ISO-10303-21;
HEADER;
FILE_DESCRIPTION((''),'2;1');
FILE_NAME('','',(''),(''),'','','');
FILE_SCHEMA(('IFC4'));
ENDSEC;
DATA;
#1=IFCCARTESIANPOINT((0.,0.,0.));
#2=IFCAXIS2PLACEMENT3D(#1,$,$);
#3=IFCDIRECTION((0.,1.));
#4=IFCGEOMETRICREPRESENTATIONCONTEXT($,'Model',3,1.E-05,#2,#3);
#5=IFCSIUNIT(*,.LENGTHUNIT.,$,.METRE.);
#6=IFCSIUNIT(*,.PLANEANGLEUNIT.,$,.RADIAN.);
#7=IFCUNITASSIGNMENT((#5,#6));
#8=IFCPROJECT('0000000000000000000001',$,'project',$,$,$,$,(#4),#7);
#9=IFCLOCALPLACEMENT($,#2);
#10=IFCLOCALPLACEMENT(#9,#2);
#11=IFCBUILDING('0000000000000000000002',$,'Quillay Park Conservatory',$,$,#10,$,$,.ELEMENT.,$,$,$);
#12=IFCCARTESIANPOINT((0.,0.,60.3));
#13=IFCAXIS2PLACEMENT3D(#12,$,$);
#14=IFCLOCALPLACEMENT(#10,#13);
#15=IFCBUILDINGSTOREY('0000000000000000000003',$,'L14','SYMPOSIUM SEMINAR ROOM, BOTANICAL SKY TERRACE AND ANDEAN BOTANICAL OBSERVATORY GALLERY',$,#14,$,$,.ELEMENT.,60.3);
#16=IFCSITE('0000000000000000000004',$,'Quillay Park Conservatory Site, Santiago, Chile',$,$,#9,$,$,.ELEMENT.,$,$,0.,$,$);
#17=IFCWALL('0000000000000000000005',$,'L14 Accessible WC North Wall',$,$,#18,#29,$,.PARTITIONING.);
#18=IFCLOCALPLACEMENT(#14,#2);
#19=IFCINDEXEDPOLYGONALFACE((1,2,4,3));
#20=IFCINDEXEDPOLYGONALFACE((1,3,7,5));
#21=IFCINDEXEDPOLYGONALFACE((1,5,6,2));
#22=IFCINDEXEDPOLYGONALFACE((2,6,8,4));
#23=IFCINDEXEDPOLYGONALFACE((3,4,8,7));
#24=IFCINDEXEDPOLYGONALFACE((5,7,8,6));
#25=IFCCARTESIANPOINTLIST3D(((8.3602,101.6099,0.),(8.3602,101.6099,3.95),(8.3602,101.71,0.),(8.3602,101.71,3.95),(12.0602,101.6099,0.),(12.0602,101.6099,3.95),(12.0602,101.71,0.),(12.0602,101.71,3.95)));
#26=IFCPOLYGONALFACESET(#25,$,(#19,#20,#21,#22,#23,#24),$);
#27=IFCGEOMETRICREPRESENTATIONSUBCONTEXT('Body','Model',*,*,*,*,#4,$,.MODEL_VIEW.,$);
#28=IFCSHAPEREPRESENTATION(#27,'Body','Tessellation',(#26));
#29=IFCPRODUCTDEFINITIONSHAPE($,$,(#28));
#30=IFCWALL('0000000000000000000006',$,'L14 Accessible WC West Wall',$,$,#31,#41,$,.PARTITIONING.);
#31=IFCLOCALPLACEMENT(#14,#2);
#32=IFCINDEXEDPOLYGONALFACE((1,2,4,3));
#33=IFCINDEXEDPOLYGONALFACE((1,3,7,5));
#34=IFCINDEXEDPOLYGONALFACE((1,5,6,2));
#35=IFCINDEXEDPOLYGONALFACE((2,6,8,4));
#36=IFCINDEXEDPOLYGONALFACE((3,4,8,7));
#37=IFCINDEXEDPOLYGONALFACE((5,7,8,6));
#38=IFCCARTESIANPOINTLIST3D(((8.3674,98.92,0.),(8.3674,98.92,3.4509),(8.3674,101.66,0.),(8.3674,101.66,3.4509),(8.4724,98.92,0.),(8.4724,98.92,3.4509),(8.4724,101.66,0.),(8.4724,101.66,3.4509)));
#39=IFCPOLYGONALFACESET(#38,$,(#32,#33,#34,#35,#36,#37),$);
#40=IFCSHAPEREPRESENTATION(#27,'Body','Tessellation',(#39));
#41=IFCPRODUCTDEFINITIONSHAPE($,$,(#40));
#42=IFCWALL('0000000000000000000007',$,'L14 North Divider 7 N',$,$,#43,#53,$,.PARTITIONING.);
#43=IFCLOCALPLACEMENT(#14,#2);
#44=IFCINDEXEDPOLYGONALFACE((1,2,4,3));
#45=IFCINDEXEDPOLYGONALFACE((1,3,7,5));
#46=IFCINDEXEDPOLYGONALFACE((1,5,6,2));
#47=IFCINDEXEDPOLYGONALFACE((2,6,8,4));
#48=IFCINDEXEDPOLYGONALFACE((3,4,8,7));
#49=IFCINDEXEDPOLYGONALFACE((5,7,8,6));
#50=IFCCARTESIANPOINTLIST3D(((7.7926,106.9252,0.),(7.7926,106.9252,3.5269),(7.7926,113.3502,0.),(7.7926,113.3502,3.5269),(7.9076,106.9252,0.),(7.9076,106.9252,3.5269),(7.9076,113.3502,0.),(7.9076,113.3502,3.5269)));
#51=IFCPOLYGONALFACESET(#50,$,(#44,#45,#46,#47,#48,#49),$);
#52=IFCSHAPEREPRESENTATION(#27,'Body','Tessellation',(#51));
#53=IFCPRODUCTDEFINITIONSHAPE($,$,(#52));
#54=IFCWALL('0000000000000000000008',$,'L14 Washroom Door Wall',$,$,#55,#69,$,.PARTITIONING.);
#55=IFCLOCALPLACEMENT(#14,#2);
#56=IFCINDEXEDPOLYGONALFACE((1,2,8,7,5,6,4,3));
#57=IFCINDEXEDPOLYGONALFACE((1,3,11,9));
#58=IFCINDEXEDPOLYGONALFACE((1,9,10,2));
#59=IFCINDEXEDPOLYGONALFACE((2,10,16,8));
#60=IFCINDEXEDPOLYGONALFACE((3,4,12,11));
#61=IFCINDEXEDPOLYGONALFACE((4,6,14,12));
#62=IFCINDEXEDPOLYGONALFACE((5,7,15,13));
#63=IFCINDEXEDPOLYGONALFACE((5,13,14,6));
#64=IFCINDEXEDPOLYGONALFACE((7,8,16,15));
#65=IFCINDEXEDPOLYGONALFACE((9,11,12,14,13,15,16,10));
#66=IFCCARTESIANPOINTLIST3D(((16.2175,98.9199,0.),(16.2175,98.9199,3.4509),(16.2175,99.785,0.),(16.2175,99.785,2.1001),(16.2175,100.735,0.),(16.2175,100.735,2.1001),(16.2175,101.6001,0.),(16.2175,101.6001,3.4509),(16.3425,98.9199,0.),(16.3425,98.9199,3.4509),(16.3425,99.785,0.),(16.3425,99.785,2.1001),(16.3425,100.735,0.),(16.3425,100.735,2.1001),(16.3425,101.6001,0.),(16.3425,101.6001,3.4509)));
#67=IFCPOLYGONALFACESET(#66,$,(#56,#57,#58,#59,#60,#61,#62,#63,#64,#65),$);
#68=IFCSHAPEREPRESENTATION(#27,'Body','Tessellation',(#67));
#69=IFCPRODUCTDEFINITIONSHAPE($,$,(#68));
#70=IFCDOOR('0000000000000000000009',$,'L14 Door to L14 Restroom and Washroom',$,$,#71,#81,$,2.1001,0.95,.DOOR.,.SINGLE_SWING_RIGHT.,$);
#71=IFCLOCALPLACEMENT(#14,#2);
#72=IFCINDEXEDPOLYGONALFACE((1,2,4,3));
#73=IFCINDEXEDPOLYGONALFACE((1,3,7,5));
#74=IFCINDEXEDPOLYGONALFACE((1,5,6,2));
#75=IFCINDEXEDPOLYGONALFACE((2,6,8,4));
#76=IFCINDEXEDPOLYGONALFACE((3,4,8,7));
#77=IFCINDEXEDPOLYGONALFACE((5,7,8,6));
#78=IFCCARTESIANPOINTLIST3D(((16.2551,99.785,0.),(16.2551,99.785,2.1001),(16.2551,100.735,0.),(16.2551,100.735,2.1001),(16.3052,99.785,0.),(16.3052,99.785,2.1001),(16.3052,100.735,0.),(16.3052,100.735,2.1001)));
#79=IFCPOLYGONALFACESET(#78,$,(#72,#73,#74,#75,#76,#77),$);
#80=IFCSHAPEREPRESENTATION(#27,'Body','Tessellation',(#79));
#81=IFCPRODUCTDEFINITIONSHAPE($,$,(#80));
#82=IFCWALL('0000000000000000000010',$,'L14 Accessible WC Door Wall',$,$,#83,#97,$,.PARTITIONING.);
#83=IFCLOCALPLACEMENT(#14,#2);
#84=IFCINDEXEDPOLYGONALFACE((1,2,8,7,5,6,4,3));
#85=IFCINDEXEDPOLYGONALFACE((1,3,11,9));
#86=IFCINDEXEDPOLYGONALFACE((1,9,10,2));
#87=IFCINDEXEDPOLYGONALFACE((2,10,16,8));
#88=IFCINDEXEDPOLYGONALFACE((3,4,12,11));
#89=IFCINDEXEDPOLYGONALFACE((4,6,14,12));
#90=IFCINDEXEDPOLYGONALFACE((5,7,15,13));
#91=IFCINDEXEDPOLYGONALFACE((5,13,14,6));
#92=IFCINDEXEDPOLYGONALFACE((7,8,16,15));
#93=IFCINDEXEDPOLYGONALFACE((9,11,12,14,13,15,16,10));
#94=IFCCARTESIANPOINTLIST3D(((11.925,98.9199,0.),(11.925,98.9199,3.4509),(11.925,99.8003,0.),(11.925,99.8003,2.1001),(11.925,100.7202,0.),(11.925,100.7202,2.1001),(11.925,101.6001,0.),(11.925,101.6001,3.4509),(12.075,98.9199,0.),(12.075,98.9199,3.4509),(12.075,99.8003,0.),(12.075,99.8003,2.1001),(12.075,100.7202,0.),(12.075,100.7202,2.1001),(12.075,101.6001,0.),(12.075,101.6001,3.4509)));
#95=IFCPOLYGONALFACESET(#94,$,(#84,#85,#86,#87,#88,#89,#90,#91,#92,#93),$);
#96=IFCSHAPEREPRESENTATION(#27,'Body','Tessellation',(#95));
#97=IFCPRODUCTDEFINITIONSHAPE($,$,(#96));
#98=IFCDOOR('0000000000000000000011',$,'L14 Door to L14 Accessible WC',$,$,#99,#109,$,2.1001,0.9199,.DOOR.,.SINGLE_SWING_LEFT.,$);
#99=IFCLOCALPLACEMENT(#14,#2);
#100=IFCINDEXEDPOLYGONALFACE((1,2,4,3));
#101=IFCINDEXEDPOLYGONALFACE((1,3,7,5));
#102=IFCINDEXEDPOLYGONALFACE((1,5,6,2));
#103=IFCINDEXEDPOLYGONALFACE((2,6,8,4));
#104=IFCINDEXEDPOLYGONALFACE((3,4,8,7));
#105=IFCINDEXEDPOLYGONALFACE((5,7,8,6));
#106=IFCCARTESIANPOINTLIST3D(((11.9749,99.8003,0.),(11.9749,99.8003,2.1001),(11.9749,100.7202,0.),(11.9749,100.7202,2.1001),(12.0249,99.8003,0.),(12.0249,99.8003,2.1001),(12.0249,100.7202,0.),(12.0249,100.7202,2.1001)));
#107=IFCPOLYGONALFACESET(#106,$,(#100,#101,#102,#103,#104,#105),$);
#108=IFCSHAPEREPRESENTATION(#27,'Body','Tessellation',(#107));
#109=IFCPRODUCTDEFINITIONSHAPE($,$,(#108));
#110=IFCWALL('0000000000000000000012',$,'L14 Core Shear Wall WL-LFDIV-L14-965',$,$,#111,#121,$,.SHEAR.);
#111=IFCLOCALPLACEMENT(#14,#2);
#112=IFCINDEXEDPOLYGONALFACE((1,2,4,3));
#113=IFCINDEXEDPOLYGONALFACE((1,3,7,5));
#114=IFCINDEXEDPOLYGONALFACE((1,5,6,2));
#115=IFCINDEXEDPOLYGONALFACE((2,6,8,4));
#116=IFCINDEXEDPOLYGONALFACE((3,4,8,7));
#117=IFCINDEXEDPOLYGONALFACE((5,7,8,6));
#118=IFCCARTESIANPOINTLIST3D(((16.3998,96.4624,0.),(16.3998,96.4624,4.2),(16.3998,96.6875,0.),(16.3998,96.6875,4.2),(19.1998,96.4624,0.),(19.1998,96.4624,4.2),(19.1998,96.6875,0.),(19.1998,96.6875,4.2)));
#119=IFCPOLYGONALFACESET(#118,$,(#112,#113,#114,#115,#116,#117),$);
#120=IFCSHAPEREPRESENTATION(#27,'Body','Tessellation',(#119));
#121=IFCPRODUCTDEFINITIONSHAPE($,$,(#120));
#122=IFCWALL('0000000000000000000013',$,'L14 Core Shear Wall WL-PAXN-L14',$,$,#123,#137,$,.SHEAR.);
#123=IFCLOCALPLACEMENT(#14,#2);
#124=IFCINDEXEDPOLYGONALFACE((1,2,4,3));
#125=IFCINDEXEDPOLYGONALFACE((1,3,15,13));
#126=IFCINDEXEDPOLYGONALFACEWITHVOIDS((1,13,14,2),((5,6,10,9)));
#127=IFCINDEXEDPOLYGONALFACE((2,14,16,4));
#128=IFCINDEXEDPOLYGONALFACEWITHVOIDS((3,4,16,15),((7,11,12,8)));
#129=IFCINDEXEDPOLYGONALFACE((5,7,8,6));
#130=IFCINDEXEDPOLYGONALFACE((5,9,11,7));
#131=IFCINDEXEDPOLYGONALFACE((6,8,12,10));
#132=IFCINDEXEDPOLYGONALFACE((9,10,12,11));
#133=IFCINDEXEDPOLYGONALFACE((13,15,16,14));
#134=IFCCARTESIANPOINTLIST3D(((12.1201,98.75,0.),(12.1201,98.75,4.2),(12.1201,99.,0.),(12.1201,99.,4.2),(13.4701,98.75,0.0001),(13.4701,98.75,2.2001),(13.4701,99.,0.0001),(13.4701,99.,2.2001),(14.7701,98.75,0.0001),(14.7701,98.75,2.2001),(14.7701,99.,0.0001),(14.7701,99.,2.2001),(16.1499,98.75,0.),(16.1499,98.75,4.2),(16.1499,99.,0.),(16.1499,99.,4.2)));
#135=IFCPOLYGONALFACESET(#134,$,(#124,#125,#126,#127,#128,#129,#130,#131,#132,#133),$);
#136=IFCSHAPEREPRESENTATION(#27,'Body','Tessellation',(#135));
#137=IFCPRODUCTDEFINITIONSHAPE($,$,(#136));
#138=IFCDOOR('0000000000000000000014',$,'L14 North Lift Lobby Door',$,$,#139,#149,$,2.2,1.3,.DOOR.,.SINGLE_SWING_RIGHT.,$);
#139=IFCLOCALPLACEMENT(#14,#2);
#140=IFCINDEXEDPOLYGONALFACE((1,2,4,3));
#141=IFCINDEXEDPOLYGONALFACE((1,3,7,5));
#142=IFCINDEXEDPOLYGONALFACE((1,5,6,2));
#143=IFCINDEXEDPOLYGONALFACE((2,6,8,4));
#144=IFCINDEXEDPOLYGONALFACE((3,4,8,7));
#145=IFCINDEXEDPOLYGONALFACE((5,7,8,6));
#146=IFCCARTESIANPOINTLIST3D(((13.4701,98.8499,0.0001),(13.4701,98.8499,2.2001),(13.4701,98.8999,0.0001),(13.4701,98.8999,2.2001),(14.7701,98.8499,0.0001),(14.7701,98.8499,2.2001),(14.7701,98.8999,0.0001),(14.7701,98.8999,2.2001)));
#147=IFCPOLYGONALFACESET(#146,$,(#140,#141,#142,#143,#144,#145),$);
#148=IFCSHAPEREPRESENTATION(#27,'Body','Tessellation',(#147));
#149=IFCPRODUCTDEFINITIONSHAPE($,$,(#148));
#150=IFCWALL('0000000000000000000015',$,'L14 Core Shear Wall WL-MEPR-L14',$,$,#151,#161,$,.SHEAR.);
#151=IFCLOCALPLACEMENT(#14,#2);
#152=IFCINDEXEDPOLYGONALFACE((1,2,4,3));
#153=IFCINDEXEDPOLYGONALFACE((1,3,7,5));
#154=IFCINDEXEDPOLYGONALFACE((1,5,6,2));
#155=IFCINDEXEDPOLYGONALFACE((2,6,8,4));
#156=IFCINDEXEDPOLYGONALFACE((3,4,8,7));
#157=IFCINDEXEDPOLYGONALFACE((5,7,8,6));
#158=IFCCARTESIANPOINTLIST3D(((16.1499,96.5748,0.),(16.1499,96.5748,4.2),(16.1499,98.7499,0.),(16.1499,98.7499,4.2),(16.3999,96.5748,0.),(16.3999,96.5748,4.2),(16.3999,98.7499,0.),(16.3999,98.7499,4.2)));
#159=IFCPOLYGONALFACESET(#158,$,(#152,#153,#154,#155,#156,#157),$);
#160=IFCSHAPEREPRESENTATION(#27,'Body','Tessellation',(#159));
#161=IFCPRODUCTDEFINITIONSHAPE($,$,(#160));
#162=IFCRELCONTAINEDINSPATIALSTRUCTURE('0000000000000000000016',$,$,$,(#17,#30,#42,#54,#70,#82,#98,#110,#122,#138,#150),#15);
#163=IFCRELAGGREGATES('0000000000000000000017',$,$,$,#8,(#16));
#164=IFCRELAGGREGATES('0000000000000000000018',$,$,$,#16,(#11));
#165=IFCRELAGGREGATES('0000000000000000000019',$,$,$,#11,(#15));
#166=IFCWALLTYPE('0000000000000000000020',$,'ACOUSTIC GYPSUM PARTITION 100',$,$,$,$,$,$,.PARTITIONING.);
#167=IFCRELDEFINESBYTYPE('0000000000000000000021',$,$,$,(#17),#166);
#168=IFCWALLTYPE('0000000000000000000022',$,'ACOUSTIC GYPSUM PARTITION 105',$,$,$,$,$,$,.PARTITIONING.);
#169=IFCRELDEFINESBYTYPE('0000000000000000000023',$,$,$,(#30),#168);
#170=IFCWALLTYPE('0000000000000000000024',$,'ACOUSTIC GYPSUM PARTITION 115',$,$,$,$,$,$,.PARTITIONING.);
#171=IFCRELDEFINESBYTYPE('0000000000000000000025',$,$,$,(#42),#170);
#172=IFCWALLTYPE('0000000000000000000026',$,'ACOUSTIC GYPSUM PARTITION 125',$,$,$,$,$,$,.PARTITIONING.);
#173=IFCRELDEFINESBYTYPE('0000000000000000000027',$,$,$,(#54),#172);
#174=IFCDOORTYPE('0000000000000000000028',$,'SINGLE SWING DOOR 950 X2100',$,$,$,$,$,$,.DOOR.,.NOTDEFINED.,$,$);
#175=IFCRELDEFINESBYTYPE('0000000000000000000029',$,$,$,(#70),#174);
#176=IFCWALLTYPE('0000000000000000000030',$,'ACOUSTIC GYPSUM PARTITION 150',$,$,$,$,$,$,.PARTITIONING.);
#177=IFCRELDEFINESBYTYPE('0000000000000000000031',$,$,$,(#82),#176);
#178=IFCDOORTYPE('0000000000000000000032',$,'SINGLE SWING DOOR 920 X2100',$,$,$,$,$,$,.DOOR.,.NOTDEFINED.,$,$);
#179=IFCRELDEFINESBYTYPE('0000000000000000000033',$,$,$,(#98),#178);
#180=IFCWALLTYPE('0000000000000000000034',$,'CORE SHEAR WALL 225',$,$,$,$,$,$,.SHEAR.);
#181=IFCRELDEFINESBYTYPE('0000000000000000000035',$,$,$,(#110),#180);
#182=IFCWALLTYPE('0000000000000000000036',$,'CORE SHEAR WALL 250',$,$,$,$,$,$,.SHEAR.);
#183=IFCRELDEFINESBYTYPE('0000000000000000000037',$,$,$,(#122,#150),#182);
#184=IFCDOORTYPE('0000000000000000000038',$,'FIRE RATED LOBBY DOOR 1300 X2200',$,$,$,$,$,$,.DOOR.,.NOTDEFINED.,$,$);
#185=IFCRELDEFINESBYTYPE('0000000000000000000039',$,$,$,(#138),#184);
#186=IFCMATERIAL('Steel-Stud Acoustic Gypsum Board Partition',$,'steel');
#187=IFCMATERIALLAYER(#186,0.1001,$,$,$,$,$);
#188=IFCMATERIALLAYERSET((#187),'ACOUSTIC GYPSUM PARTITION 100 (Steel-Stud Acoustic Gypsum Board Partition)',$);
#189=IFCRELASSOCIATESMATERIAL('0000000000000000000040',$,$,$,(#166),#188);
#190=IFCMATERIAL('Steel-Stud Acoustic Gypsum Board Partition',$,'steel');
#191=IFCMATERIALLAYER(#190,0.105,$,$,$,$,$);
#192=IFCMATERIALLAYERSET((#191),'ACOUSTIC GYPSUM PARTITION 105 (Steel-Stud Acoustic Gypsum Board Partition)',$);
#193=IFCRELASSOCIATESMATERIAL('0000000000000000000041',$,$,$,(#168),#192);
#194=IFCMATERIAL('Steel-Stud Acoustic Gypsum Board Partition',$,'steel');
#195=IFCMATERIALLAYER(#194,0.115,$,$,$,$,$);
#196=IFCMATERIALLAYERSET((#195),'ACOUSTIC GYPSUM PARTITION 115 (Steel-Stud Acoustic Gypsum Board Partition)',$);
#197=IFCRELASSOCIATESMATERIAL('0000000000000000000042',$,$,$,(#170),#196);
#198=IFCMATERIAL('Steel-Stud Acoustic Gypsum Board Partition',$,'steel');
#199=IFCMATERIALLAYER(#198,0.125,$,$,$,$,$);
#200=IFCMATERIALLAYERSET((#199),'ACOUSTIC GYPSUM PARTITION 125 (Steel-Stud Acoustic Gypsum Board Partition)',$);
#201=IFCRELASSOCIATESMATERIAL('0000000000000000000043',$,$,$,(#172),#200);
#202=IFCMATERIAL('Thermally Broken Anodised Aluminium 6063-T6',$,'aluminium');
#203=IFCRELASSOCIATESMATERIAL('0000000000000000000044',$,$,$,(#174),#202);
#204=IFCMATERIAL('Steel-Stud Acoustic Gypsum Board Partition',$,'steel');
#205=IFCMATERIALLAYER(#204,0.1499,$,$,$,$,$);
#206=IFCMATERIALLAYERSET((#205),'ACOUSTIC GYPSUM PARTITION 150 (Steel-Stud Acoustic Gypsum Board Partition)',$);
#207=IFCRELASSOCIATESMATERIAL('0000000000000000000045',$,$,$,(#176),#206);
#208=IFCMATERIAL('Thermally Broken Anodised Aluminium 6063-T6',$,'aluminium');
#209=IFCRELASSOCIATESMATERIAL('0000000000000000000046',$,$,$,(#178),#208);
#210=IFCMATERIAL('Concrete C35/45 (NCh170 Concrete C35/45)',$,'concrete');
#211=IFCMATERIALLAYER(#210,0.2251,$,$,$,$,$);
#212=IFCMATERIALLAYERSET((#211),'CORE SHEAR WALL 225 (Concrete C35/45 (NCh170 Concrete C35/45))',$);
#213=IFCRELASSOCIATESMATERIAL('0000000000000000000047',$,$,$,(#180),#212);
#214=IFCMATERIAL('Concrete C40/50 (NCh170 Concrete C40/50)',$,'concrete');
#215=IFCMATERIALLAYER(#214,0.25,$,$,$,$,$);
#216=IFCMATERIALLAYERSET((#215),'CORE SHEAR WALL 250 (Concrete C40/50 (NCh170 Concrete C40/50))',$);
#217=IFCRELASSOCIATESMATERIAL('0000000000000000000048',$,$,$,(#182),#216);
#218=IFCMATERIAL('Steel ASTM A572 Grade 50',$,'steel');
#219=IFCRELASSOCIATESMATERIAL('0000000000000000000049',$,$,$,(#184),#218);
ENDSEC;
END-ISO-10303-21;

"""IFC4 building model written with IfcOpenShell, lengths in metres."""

from ifc_helpers import new_model, si_unit, direction, frame, frame_2d, origin, place, context, subcontext, project, spatial, rectangle, extrude, material, layer, layer_set, type_object, element, fill, save


model = new_model("IFC4")

# Units and contexts
model_context = context("Model", 3, precision=1e-05, world=origin(), true_north=direction((0.0, 1.0)))
body_context = subcontext(model_context, "Body", "Model", "MODEL_VIEW")
ifc_project = project(units=[si_unit("LENGTHUNIT", "METRE"), si_unit("PLANEANGLEUNIT", "RADIAN")], contexts=[model_context])

# Site, building, storey
site_placement = place(None, origin())
site = spatial("IfcSite", under=ifc_project, at=site_placement, Name="Quillay Park Conservatory Site, Santiago, Chile", CompositionType="ELEMENT", RefElevation=0.0)
building_placement = place(site_placement, origin())
building = spatial("IfcBuilding", under=site, at=building_placement, Name="Quillay Park Conservatory", CompositionType="ELEMENT")
storey_placement = place(building_placement, frame((0.0, 0.0, 60.3)))
storey = spatial("IfcBuildingStorey", under=building, at=storey_placement, Name="L14", Description="SYMPOSIUM SEMINAR ROOM, BOTANICAL SKY TERRACE AND ANDEAN BOTANICAL OBSERVATORY GALLERY", CompositionType="ELEMENT", Elevation=60.3)

# Walls
ifc_material_1 = material(Name="Steel-Stud Acoustic Gypsum Board Partition", Category="steel")
ifc_layer_1 = layer(ifc_material_1, 0.1001)
ifc_layer_set_1 = layer_set([ifc_layer_1], Name="ACOUSTIC GYPSUM PARTITION 100 (Steel-Stud Acoustic Gypsum Board Partition)")
wall_type_1 = type_object("IfcWallType", Name="ACOUSTIC GYPSUM PARTITION 100", PredefinedType="PARTITIONING", material=ifc_layer_set_1)
wall_1_placement = place(storey_placement, frame((8.3601, 101.6599, 0.0), z_axis=(0.0, 0.0, 1.0), x_axis=(1.0, 0.0, 0.0)))
element("IfcWall", 1, at=wall_1_placement, inside=storey, type_object=wall_type_1, Name="L14 Accessible WC North Wall", PredefinedType="PARTITIONING", context=body_context, shape_type="SweptSolid", body=[
    extrude(rectangle(XDim=3.7, YDim=0.1001, at=frame_2d((1.8501, 0.0))), origin(), (0.0, 0.0, 1.0), 3.95),
])
ifc_material_2 = material(Name="Steel-Stud Acoustic Gypsum Board Partition", Category="steel")
ifc_layer_2 = layer(ifc_material_2, 0.105)
ifc_layer_set_2 = layer_set([ifc_layer_2], Name="ACOUSTIC GYPSUM PARTITION 105 (Steel-Stud Acoustic Gypsum Board Partition)")
wall_type_2 = type_object("IfcWallType", Name="ACOUSTIC GYPSUM PARTITION 105", PredefinedType="PARTITIONING", material=ifc_layer_set_2)
wall_2_placement = place(storey_placement, frame((8.4199, 98.9199, 0.0), z_axis=(0.0, 0.0, 1.0), x_axis=(0.0, 1.0, 0.0)))
element("IfcWall", 2, at=wall_2_placement, inside=storey, type_object=wall_type_2, Name="L14 Accessible WC West Wall", PredefinedType="PARTITIONING", context=body_context, shape_type="SweptSolid", body=[
    extrude(rectangle(XDim=2.74, YDim=0.105, at=frame_2d((1.3701, 0.0))), origin(), (0.0, 0.0, 1.0), 3.4509),
])
ifc_material_3 = material(Name="Steel-Stud Acoustic Gypsum Board Partition", Category="steel")
ifc_layer_3 = layer(ifc_material_3, 0.115)
ifc_layer_set_3 = layer_set([ifc_layer_3], Name="ACOUSTIC GYPSUM PARTITION 115 (Steel-Stud Acoustic Gypsum Board Partition)")
wall_type_3 = type_object("IfcWallType", Name="ACOUSTIC GYPSUM PARTITION 115", PredefinedType="PARTITIONING", material=ifc_layer_set_3)
wall_3_placement = place(storey_placement, frame((7.8501, 113.3501, 0.0), z_axis=(0.0, 0.0, 1.0), x_axis=(0.0, -1.0, 0.0)))
element("IfcWall", 3, at=wall_3_placement, inside=storey, type_object=wall_type_3, Name="L14 North Divider 7 N", PredefinedType="PARTITIONING", context=body_context, shape_type="SweptSolid", body=[
    extrude(rectangle(XDim=6.425, YDim=0.115, at=frame_2d((3.2124, 0.0))), origin(), (0.0, 0.0, 1.0), 3.5269),
])

# Walls, openings, doors
ifc_material_4 = material(Name="Steel-Stud Acoustic Gypsum Board Partition", Category="steel")
ifc_layer_4 = layer(ifc_material_4, 0.125)
ifc_layer_set_4 = layer_set([ifc_layer_4], Name="ACOUSTIC GYPSUM PARTITION 125 (Steel-Stud Acoustic Gypsum Board Partition)")
wall_type_4 = type_object("IfcWallType", Name="ACOUSTIC GYPSUM PARTITION 125", PredefinedType="PARTITIONING", material=ifc_layer_set_4)
wall_4_placement = place(storey_placement, frame((16.28, 98.9199, 0.0), z_axis=(0.0, 0.0, 1.0), x_axis=(0.0, 1.0, 0.0)))
wall_4 = element("IfcWall", 4, at=wall_4_placement, inside=storey, type_object=wall_type_4, Name="L14 Washroom Door Wall", PredefinedType="PARTITIONING", context=body_context, shape_type="SweptSolid", body=[
    extrude(rectangle(XDim=2.6802, YDim=0.125, at=frame_2d((1.3401, 0.0))), origin(), (0.0, 0.0, 1.0), 3.4509),
])
opening_1_placement = place(wall_4_placement, frame((0.865, 0.0, 0.0)))
opening_1 = element("IfcOpeningElement", 5, at=opening_1_placement, cuts=wall_4, PredefinedType="OPENING", context=body_context, shape_type="SweptSolid", body=[
    extrude(rectangle(XDim=0.95, YDim=2.1001, at=frame_2d((0.4751, 1.05))), frame((0.0, 0.0625, 0.0), z_axis=(0.0, -1.0, 0.0), x_axis=(1.0, 0.0, 0.0)), (0.0, 0.0, 1.0), 0.125),
])
ifc_material_5 = material(Name="Thermally Broken Anodised Aluminium 6063-T6", Category="aluminium")
door_type_1 = type_object("IfcDoorType", Name="SINGLE SWING DOOR 950 X2100", OperationType="NOTDEFINED", PredefinedType="DOOR", material=ifc_material_5)
door_1_placement = place(opening_1_placement, origin())
door_1 = element("IfcDoor", 6, at=door_1_placement, inside=storey, type_object=door_type_1, Name="L14 Door to L14 Restroom and Washroom", OperationType="SINGLE_SWING_RIGHT", OverallHeight=2.1001, OverallWidth=0.95, PredefinedType="DOOR", context=body_context, shape_type="SweptSolid", body=[
    extrude(rectangle(XDim=0.95, YDim=2.1001, at=frame_2d((0.4751, 1.05))), frame((0.0, 0.0249, 0.0), z_axis=(0.0, -1.0, 0.0), x_axis=(1.0, 0.0, 0.0)), (0.0, 0.0, 1.0), 0.05),
])
fill(opening_1, door_1)
ifc_material_6 = material(Name="Steel-Stud Acoustic Gypsum Board Partition", Category="steel")
ifc_layer_5 = layer(ifc_material_6, 0.1499)
ifc_layer_set_5 = layer_set([ifc_layer_5], Name="ACOUSTIC GYPSUM PARTITION 150 (Steel-Stud Acoustic Gypsum Board Partition)")
wall_type_5 = type_object("IfcWallType", Name="ACOUSTIC GYPSUM PARTITION 150", PredefinedType="PARTITIONING", material=ifc_layer_set_5)
wall_5_placement = place(storey_placement, frame((12.0, 101.6001, 0.0), z_axis=(0.0, 0.0, 1.0), x_axis=(0.0, -1.0, 0.0)))
wall_5 = element("IfcWall", 7, at=wall_5_placement, inside=storey, type_object=wall_type_5, Name="L14 Accessible WC Door Wall", PredefinedType="PARTITIONING", context=body_context, shape_type="SweptSolid", body=[
    extrude(rectangle(XDim=2.6802, YDim=0.1499, at=frame_2d((1.3401, 0.0))), origin(), (0.0, 0.0, 1.0), 3.4509),
])
opening_2_placement = place(wall_5_placement, frame((0.8799, 0.0, 0.0)))
opening_2 = element("IfcOpeningElement", 8, at=opening_2_placement, cuts=wall_5, PredefinedType="OPENING", context=body_context, shape_type="SweptSolid", body=[
    extrude(rectangle(XDim=0.9199, YDim=2.1001, at=frame_2d((0.46, 1.05))), frame((0.0, 0.075, 0.0), z_axis=(0.0, -1.0, 0.0), x_axis=(1.0, 0.0, 0.0)), (0.0, 0.0, 1.0), 0.1499),
])
ifc_material_7 = material(Name="Thermally Broken Anodised Aluminium 6063-T6", Category="aluminium")
door_type_2 = type_object("IfcDoorType", Name="SINGLE SWING DOOR 920 X2100", OperationType="NOTDEFINED", PredefinedType="DOOR", material=ifc_material_7)
door_2_placement = place(opening_2_placement, origin())
door_2 = element("IfcDoor", 9, at=door_2_placement, inside=storey, type_object=door_type_2, Name="L14 Door to L14 Accessible WC", OperationType="SINGLE_SWING_LEFT", OverallHeight=2.1001, OverallWidth=0.9199, PredefinedType="DOOR", context=body_context, shape_type="SweptSolid", body=[
    extrude(rectangle(XDim=0.9199, YDim=2.1001, at=frame_2d((0.46, 1.05))), frame((0.0, 0.0249, 0.0), z_axis=(0.0, -1.0, 0.0), x_axis=(1.0, 0.0, 0.0)), (0.0, 0.0, 1.0), 0.05),
])
fill(opening_2, door_2)

# Wall
ifc_material_8 = material(Name="Concrete C35/45 (NCh170 Concrete C35/45)", Category="concrete")
ifc_layer_6 = layer(ifc_material_8, 0.2251)
ifc_layer_set_6 = layer_set([ifc_layer_6], Name="CORE SHEAR WALL 225 (Concrete C35/45 (NCh170 Concrete C35/45))")
wall_type_6 = type_object("IfcWallType", Name="CORE SHEAR WALL 225", PredefinedType="SHEAR", material=ifc_layer_set_6)
wall_6_placement = place(storey_placement, frame((16.3999, 96.575, 0.0), z_axis=(0.0, 0.0, 1.0), x_axis=(1.0, 0.0, 0.0)))
element("IfcWall", 10, at=wall_6_placement, inside=storey, type_object=wall_type_6, Name="L14 Core Shear Wall WL-LFDIV-L14-965", PredefinedType="SHEAR", context=body_context, shape_type="SweptSolid", body=[
    extrude(rectangle(XDim=2.8, YDim=0.2251, at=frame_2d((1.3999, 0.0))), origin(), (0.0, 0.0, 1.0), 4.2),
])

# Wall, opening, door
ifc_material_9 = material(Name="Concrete C40/50 (NCh170 Concrete C40/50)", Category="concrete")
ifc_layer_7 = layer(ifc_material_9, 0.25)
ifc_layer_set_7 = layer_set([ifc_layer_7], Name="CORE SHEAR WALL 250 (Concrete C40/50 (NCh170 Concrete C40/50))")
wall_type_7 = type_object("IfcWallType", Name="CORE SHEAR WALL 250", PredefinedType="SHEAR", material=ifc_layer_set_7)
wall_7_placement = place(storey_placement, frame((12.1201, 98.875, 0.0), z_axis=(0.0, 0.0, 1.0), x_axis=(1.0, 0.0, 0.0)))
wall_7 = element("IfcWall", 11, at=wall_7_placement, inside=storey, type_object=wall_type_7, Name="L14 Core Shear Wall WL-PAXN-L14", PredefinedType="SHEAR", context=body_context, shape_type="SweptSolid", body=[
    extrude(rectangle(XDim=4.0298, YDim=0.25, at=frame_2d((2.0149, 0.0))), origin(), (0.0, 0.0, 1.0), 4.2),
])
opening_3_placement = place(wall_7_placement, frame((1.3501, 0.0, 0.0)))
opening_3 = element("IfcOpeningElement", 12, at=opening_3_placement, cuts=wall_7, PredefinedType="OPENING", context=body_context, shape_type="SweptSolid", body=[
    extrude(rectangle(XDim=1.3, YDim=2.2, at=frame_2d((0.6499, 1.1001))), frame((0.0, 0.125, 0.0), z_axis=(0.0, -1.0, 0.0), x_axis=(1.0, 0.0, 0.0)), (0.0, 0.0, 1.0), 0.25),
])
ifc_material_10 = material(Name="Steel ASTM A572 Grade 50", Category="steel")
door_type_3 = type_object("IfcDoorType", Name="FIRE RATED LOBBY DOOR 1300 X2200", OperationType="NOTDEFINED", PredefinedType="DOOR", material=ifc_material_10)
door_3_placement = place(opening_3_placement, origin())
door_3 = element("IfcDoor", 13, at=door_3_placement, inside=storey, type_object=door_type_3, Name="L14 North Lift Lobby Door", OperationType="SINGLE_SWING_RIGHT", OverallHeight=2.2, OverallWidth=1.3, PredefinedType="DOOR", context=body_context, shape_type="SweptSolid", body=[
    extrude(rectangle(XDim=1.3, YDim=2.2, at=frame_2d((0.6499, 1.1001))), frame((0.0, 0.0249, 0.0), z_axis=(0.0, -1.0, 0.0), x_axis=(1.0, 0.0, 0.0)), (0.0, 0.0, 1.0), 0.05),
])
fill(opening_3, door_3)

# Wall
wall_8_placement = place(storey_placement, frame((16.2749, 96.575, 0.0), z_axis=(0.0, 0.0, 1.0), x_axis=(0.0, 1.0, 0.0)))
element("IfcWall", 14, at=wall_8_placement, inside=storey, type_object=wall_type_7, Name="L14 Core Shear Wall WL-MEPR-L14", PredefinedType="SHEAR", context=body_context, shape_type="SweptSolid", body=[
    extrude(rectangle(XDim=2.175, YDim=0.25, at=frame_2d((1.0874, 0.0))), origin(), (0.0, 0.0, 1.0), 4.2),
])

save(model, "model.ifc")
